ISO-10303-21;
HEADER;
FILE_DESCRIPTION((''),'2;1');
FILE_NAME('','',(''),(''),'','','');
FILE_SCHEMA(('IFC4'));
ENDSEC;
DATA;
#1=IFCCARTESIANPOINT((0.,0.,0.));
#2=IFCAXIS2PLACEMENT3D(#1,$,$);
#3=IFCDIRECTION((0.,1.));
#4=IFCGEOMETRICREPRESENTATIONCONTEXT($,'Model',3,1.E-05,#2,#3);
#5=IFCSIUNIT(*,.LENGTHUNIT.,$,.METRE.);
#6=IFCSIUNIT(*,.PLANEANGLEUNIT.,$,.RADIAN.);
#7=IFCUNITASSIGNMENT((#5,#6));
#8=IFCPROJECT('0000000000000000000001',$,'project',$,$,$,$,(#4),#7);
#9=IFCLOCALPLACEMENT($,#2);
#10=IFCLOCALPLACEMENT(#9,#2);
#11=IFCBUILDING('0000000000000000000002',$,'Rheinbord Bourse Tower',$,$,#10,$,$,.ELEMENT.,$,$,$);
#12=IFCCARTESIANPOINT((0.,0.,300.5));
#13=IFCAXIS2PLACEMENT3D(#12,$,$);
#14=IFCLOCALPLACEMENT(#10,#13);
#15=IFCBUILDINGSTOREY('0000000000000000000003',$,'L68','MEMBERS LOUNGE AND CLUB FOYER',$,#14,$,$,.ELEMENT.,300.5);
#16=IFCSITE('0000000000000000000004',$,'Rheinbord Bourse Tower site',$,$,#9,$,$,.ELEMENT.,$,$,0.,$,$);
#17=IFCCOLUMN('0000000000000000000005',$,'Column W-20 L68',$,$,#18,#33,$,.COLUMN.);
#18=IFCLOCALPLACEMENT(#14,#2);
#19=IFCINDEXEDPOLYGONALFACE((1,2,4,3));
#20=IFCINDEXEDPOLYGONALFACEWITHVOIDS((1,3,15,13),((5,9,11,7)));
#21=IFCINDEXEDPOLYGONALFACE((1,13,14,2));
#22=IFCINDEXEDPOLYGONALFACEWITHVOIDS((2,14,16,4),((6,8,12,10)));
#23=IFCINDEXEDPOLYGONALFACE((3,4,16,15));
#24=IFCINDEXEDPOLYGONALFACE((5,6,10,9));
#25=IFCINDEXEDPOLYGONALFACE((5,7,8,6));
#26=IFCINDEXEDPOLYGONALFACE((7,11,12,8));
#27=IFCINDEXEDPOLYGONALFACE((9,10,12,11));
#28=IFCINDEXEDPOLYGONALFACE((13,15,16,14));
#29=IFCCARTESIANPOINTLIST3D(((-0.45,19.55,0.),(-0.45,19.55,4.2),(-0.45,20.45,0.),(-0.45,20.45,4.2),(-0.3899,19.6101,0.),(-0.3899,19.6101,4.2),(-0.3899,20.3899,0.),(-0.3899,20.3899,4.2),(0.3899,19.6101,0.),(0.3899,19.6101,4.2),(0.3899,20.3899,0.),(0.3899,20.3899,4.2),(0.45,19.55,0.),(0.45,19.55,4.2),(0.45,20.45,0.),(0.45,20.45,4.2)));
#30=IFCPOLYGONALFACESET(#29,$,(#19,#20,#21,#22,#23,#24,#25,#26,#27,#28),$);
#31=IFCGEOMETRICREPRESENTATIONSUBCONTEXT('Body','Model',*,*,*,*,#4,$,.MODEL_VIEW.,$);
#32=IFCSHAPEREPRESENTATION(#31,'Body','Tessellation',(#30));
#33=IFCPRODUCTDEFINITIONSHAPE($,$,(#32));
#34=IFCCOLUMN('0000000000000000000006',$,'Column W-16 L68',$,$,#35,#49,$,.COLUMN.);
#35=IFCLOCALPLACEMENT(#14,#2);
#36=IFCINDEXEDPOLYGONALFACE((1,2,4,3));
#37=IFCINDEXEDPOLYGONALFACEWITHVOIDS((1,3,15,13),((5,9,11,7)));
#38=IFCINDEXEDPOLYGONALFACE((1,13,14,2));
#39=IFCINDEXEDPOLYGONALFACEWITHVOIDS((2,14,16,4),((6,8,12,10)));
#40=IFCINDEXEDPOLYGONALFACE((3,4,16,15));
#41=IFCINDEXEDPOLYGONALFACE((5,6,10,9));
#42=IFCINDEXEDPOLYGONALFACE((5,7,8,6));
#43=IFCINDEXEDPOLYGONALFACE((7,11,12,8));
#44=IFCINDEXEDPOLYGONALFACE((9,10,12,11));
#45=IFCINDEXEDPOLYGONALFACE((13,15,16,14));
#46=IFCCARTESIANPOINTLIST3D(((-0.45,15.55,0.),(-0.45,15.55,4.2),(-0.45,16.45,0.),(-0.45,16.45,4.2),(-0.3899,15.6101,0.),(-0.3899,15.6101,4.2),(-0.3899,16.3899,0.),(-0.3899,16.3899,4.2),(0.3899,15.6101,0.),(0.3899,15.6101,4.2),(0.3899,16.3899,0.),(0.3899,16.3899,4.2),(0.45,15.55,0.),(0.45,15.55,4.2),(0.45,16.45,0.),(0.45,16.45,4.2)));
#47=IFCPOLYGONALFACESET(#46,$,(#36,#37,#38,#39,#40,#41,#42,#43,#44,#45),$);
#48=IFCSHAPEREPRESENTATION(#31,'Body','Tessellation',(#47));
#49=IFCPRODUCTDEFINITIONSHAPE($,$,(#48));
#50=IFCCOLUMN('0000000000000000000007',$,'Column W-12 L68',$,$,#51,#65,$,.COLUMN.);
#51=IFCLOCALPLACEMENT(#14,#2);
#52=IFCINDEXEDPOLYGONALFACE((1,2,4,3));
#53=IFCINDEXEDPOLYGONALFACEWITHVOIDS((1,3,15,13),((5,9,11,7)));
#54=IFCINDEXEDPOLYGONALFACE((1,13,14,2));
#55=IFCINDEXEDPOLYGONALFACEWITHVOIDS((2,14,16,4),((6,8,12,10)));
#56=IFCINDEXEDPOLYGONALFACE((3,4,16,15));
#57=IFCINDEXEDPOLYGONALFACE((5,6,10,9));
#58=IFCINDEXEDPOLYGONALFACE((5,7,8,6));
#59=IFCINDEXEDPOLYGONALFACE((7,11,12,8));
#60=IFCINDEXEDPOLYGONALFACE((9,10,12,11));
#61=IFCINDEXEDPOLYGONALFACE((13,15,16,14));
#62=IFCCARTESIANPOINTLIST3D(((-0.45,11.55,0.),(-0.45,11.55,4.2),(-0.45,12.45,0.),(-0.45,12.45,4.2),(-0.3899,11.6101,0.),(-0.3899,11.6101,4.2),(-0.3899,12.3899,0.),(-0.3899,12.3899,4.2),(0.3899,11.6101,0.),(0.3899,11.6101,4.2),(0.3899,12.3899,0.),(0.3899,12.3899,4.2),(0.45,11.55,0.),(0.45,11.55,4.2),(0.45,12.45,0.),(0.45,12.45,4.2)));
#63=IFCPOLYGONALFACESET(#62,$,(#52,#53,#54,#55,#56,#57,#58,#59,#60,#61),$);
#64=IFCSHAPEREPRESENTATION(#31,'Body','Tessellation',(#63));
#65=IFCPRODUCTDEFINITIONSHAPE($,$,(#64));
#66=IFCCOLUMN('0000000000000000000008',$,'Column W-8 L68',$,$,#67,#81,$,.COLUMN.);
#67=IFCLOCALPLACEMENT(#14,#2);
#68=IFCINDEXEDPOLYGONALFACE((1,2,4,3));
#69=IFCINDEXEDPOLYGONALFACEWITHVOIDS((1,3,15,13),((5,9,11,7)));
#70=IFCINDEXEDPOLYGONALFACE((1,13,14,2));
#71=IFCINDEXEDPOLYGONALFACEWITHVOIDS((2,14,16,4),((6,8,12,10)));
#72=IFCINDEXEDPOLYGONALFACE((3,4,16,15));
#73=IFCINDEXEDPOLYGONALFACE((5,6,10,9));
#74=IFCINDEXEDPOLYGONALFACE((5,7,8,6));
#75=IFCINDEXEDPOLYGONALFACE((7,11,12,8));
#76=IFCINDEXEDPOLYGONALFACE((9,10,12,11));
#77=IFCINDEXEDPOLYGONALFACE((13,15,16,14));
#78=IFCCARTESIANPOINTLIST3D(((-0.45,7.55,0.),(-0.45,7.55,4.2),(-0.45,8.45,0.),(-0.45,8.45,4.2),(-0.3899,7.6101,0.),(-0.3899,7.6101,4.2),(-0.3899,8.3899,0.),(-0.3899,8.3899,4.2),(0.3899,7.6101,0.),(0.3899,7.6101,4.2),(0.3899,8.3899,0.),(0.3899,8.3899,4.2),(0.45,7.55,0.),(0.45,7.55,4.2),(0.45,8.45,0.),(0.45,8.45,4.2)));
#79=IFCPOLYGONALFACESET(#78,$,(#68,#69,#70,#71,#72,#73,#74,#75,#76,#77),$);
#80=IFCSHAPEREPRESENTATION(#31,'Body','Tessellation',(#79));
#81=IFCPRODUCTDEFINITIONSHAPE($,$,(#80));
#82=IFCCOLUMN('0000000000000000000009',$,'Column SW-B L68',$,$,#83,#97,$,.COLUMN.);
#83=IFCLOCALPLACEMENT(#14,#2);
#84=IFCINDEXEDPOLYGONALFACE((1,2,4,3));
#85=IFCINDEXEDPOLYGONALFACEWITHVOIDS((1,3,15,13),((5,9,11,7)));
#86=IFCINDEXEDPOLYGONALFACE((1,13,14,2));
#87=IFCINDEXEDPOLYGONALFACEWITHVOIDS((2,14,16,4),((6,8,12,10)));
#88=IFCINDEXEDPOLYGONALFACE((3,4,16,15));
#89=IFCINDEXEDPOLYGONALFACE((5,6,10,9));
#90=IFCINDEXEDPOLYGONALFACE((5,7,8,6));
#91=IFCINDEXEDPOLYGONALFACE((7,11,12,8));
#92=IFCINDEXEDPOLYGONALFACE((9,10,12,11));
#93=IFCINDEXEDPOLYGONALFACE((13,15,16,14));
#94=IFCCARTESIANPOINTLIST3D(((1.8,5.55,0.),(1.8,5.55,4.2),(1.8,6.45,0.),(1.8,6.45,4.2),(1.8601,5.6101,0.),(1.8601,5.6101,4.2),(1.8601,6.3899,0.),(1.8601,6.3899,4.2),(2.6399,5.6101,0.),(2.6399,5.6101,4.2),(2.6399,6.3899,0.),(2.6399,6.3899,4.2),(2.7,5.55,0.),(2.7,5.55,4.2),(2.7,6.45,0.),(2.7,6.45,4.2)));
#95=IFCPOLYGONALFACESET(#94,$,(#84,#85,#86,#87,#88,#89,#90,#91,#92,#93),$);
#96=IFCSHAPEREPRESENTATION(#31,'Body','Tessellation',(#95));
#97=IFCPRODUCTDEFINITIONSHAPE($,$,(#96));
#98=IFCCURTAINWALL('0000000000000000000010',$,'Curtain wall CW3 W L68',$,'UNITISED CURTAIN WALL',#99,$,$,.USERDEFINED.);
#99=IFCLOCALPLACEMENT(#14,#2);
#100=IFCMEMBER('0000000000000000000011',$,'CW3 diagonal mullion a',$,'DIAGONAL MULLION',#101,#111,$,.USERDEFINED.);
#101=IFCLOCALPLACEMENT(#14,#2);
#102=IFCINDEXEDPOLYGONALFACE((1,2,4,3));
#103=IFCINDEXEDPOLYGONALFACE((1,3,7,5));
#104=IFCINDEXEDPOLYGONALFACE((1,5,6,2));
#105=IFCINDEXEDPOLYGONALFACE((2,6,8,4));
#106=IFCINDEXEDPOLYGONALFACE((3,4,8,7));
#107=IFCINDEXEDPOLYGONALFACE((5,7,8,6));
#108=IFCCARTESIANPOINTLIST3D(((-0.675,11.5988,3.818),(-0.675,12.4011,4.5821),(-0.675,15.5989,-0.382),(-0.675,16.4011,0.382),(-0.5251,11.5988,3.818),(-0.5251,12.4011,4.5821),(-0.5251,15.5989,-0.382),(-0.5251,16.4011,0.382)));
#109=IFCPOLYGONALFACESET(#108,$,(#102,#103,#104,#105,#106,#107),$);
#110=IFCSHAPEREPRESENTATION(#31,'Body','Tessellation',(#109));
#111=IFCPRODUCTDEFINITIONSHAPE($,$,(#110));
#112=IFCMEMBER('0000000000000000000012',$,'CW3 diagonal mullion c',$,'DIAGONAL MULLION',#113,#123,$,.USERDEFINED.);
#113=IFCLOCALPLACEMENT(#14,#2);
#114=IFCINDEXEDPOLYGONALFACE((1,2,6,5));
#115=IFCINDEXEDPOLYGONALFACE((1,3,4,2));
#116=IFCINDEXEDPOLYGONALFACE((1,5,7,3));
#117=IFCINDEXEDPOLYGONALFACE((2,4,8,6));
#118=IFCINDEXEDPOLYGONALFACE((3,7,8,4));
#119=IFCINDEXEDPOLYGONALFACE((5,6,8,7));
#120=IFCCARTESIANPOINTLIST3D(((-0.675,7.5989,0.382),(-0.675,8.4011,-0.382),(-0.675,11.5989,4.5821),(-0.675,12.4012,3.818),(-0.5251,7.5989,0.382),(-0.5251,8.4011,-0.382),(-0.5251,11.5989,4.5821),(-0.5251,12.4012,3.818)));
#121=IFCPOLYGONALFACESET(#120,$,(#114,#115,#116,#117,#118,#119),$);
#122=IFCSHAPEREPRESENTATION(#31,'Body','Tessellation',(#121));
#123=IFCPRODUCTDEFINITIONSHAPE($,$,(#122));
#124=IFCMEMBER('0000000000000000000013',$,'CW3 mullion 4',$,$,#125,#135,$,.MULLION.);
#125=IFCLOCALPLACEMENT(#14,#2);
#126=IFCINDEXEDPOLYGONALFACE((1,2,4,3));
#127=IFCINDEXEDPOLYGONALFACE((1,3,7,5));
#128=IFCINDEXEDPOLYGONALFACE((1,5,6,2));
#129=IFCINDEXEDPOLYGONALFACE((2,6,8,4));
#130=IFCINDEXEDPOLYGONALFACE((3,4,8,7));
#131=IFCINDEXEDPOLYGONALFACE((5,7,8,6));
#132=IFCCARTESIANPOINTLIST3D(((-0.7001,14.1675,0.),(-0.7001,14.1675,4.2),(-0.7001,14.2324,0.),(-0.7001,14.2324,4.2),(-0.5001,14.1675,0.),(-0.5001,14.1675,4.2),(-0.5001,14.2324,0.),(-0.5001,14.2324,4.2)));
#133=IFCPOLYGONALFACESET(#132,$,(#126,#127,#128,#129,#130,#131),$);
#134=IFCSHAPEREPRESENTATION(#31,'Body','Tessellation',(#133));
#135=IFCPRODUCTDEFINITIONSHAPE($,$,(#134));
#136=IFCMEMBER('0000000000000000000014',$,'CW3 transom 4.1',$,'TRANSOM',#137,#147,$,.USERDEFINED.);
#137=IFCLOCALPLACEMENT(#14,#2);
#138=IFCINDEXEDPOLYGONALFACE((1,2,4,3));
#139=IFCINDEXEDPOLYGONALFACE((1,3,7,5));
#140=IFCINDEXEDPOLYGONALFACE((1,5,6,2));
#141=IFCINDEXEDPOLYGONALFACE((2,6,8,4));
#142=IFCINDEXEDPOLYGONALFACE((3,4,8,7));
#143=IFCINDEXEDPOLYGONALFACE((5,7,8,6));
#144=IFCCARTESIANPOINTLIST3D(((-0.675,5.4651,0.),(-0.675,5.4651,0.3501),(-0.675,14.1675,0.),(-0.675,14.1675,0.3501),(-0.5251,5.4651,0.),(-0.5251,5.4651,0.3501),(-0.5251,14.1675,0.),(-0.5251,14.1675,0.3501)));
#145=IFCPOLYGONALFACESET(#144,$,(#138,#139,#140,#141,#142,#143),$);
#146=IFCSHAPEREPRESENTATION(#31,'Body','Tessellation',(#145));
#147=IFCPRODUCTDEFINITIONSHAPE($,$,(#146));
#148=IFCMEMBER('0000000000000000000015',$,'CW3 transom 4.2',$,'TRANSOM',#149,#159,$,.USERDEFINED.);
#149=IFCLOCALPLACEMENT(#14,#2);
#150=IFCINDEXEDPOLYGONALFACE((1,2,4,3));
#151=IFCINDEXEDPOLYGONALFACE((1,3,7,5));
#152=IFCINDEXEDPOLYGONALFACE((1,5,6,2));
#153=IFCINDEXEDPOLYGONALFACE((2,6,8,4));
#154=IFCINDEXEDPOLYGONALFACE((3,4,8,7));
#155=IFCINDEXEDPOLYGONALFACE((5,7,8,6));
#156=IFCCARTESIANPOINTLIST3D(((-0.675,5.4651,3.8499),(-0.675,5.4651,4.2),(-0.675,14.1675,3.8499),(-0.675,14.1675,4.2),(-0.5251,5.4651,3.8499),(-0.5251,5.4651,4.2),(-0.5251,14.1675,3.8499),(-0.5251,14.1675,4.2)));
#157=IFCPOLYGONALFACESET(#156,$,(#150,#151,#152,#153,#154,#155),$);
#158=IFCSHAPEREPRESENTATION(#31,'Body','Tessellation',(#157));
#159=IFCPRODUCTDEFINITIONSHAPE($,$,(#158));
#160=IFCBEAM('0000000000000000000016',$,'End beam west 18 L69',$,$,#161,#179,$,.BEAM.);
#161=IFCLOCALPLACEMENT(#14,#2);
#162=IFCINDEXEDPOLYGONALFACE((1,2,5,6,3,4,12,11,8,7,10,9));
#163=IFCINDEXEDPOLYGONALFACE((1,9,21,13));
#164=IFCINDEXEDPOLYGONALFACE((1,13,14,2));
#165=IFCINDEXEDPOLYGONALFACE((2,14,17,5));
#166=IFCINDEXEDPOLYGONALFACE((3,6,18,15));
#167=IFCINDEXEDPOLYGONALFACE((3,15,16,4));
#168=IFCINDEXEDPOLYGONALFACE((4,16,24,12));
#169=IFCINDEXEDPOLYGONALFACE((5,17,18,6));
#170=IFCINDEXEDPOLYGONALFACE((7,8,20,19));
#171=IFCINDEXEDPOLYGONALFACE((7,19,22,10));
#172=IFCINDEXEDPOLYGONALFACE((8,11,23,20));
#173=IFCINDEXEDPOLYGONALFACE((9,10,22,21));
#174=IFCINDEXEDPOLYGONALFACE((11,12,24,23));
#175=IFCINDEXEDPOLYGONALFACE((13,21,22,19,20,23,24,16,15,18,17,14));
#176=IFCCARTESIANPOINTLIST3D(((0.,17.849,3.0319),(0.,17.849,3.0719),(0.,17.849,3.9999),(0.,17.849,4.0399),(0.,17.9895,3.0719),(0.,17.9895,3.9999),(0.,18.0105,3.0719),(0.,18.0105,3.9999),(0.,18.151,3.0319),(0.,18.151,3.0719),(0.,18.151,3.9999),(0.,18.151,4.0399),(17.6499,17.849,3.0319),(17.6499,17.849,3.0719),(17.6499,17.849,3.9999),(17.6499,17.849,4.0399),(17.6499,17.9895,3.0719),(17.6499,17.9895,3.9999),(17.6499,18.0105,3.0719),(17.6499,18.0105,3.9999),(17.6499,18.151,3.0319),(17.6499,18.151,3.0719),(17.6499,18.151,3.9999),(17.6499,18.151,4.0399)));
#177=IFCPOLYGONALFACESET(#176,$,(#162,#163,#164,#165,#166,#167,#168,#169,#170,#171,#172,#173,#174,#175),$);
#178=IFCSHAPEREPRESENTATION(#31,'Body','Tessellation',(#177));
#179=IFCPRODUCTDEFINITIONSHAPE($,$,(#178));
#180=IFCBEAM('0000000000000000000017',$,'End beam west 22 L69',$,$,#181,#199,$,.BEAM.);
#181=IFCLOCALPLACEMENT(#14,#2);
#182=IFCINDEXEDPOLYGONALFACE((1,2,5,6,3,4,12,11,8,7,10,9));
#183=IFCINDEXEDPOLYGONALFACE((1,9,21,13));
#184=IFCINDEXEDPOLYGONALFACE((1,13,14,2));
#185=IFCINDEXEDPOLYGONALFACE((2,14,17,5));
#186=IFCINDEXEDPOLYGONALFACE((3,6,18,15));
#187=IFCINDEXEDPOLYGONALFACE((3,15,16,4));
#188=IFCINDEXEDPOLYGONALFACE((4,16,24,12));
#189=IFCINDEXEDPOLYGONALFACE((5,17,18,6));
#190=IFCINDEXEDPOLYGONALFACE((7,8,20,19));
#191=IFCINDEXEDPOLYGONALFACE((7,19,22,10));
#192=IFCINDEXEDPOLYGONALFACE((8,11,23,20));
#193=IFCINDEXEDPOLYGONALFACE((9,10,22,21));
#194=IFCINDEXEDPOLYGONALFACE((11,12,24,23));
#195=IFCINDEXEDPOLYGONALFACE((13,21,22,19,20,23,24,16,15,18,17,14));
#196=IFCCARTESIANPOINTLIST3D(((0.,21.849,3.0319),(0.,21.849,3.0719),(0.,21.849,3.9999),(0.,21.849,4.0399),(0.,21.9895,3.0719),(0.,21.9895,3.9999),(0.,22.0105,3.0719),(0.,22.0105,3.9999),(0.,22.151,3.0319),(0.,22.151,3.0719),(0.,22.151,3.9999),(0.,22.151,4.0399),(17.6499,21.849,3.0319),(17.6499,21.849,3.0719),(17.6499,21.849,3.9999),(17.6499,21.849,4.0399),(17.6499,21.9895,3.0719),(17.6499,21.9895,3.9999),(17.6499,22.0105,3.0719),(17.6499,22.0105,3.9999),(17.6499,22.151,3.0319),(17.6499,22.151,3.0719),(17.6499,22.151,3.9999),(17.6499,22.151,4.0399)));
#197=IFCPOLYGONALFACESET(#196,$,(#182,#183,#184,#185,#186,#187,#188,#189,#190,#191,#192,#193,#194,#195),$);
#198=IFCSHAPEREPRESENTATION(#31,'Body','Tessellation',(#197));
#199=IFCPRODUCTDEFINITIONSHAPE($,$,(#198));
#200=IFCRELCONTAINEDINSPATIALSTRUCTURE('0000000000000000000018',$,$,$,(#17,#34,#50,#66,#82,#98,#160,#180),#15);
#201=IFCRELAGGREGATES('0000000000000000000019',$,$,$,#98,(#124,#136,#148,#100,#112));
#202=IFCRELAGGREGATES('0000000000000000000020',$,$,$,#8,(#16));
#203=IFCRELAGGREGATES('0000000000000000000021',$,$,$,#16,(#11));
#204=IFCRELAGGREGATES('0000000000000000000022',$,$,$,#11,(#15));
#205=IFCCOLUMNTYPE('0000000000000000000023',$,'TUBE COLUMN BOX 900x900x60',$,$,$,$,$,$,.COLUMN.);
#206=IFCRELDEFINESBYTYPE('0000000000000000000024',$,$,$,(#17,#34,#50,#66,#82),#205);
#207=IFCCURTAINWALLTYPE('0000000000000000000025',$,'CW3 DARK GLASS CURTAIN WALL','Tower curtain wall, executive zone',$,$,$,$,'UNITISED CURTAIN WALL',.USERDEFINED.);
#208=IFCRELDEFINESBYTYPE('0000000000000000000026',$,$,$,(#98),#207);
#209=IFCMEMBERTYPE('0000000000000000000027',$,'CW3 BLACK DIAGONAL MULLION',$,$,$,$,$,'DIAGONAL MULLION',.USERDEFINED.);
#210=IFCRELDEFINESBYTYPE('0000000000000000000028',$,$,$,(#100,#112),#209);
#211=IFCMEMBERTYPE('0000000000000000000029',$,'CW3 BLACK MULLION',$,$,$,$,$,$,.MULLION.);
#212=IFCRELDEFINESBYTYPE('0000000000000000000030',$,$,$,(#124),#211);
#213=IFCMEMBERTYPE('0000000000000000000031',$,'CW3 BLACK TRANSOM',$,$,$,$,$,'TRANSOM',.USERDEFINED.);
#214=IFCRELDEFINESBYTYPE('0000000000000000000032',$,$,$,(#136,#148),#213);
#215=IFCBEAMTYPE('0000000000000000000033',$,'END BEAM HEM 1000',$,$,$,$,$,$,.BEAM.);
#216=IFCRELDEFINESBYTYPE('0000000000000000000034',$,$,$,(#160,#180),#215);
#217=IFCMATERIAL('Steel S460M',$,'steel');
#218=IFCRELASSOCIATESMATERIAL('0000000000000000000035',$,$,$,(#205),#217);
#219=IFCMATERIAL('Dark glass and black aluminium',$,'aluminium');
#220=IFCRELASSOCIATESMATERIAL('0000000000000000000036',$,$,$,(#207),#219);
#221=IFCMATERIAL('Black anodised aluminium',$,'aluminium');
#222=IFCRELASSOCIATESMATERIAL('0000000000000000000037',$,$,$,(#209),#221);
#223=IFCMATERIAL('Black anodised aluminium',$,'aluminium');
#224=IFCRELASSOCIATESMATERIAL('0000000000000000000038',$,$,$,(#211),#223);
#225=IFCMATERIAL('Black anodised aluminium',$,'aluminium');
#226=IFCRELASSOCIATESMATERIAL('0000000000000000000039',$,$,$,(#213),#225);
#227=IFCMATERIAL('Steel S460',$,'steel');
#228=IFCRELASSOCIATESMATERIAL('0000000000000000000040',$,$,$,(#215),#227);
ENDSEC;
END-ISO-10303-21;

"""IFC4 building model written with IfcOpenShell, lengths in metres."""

from ifc_helpers import new_model, si_unit, direction, frame, origin, origin_2d, place, context, subcontext, project, spatial, rectangle, hollow_rectangle, i_section, extrude, material, material_profile, profile_set, type_object, element, aggregate, save


model = new_model("IFC4")

# Units and contexts
model_context = context("Model", 3, precision=1e-05, world=origin(), true_north=direction((0.0, 1.0)))
body_context = subcontext(model_context, "Body", "Model", "MODEL_VIEW")
ifc_project = project(units=[si_unit("LENGTHUNIT", "METRE"), si_unit("PLANEANGLEUNIT", "RADIAN")], contexts=[model_context])

# Site, building, storey
site_placement = place(None, origin())
site = spatial("IfcSite", under=ifc_project, at=site_placement, Name="Rheinbord Bourse Tower site", CompositionType="ELEMENT", RefElevation=0.0)
building_placement = place(site_placement, origin())
building = spatial("IfcBuilding", under=site, at=building_placement, Name="Rheinbord Bourse Tower", CompositionType="ELEMENT")
storey_placement = place(building_placement, frame((0.0, 0.0, 300.5)))
storey = spatial("IfcBuildingStorey", under=building, at=storey_placement, Name="L68", Description="MEMBERS LOUNGE AND CLUB FOYER", CompositionType="ELEMENT", Elevation=300.5)

# Columns
ifc_material_1 = material(Name="Steel S460M", Category="steel")
ifc_material_profile_1 = material_profile(ifc_material_1, hollow_rectangle(XDim=0.8999, YDim=0.8999, WallThickness=0.0601, at=origin_2d()), Name="BOX 900x900x60")
ifc_profile_set_1 = profile_set([ifc_material_profile_1], Name="Steel S460M")
column_type = type_object("IfcColumnType", Name="TUBE COLUMN BOX 900x900x60", PredefinedType="COLUMN", material=ifc_profile_set_1)
for number, where, z_axis, x_axis, name in (
    (1, (0.0, 20.0, 0.0), (0.0, 0.0, 1.0), (1.0, 0.0, 0.0), "Column W-20 L68"),
    (2, (0.0, 16.0, 0.0), (0.0, 0.0, 1.0), (1.0, 0.0, 0.0), "Column W-16 L68"),
    (3, (0.0, 12.0, 0.0), (0.0, 0.0, 1.0), (1.0, 0.0, 0.0), "Column W-12 L68"),
    (4, (0.0, 8.0, 0.0), (0.0, 0.0, 1.0), (1.0, 0.0, 0.0), "Column W-8 L68"),
    (5, (2.25, 6.0, 0.0), (0.0, 0.0, 1.0), (1.0, 0.0, 0.0), "Column SW-B L68"),
):
    element("IfcColumn", number, at=place(storey_placement, frame(where, z_axis=z_axis, x_axis=x_axis)), inside=storey, type_object=column_type, Name=name, PredefinedType="COLUMN", context=body_context, shape_type="SweptSolid", body=[
        extrude(hollow_rectangle(XDim=0.8999, YDim=0.8999, WallThickness=0.0601, at=origin_2d()), origin(), (0.0, 0.0, 1.0), 4.2),
    ])

# Curtain wall, members
ifc_material_2 = material(Name="Dark glass and black aluminium", Category="aluminium")
curtain_wall_type = type_object("IfcCurtainWallType", Name="CW3 DARK GLASS CURTAIN WALL", Description="Tower curtain wall, executive zone", ElementType="UNITISED CURTAIN WALL", PredefinedType="USERDEFINED", material=ifc_material_2)
curtain_wall_placement = place(storey_placement, origin())
curtain_wall = element("IfcCurtainWall", 6, at=curtain_wall_placement, inside=storey, type_object=curtain_wall_type, Name="Curtain wall CW3 W L68", ObjectType="UNITISED CURTAIN WALL", PredefinedType="USERDEFINED")
ifc_material_3 = material(Name="Black anodised aluminium", Category="aluminium")
ifc_material_profile_2 = material_profile(ifc_material_3, rectangle(XDim=0.1499, YDim=1.1079, at=origin_2d()), Name="CW3 DIAGONAL MULLION 1108x150")
ifc_profile_set_2 = profile_set([ifc_material_profile_2], Name="Black anodised aluminium")
member_type_1 = type_object("IfcMemberType", Name="CW3 BLACK DIAGONAL MULLION", ElementType="DIAGONAL MULLION", PredefinedType="USERDEFINED", material=ifc_profile_set_2)
member_1_placement = place(storey_placement, frame((-0.6001, 16.0, 0.0), z_axis=(0.0, -0.689659, 0.724134), x_axis=(1.0, 0.0, 0.0)))
member_1 = element("IfcMember", 7, at=member_1_placement, type_object=member_type_1, Name="CW3 diagonal mullion a", ObjectType="DIAGONAL MULLION", PredefinedType="USERDEFINED", context=body_context, shape_type="SweptSolid", body=[
    extrude(rectangle(XDim=0.1499, YDim=1.1079, at=origin_2d()), origin(), (0.0, 0.0, 1.0), 5.8),
])
member_2_placement = place(storey_placement, frame((-0.6001, 8.0, 0.0), z_axis=(0.0, 0.689659, 0.724134), x_axis=(-1.0, 0.0, 0.0)))
member_2 = element("IfcMember", 8, at=member_2_placement, type_object=member_type_1, Name="CW3 diagonal mullion c", ObjectType="DIAGONAL MULLION", PredefinedType="USERDEFINED", context=body_context, shape_type="SweptSolid", body=[
    extrude(rectangle(XDim=0.1499, YDim=1.1079, at=origin_2d()), origin(), (0.0, 0.0, 1.0), 5.8),
])
ifc_material_4 = material(Name="Black anodised aluminium", Category="aluminium")
ifc_material_profile_3 = material_profile(ifc_material_4, rectangle(XDim=0.2, YDim=0.0649, at=origin_2d()), Name="CW3 MULLION 65x200")
ifc_profile_set_3 = profile_set([ifc_material_profile_3], Name="Black anodised aluminium")
member_type_2 = type_object("IfcMemberType", Name="CW3 BLACK MULLION", PredefinedType="MULLION", material=ifc_profile_set_3)
member_3_placement = place(storey_placement, frame((-0.6001, 14.2, 0.0), z_axis=(0.0, 0.0, 1.0), x_axis=(1.0, 0.0, 0.0)))
member_3 = element("IfcMember", 9, at=member_3_placement, type_object=member_type_2, Name="CW3 mullion 4", PredefinedType="MULLION", context=body_context, shape_type="SweptSolid", body=[
    extrude(rectangle(XDim=0.2, YDim=0.0649, at=origin_2d()), origin(), (0.0, 0.0, 1.0), 4.2),
])
ifc_material_5 = material(Name="Black anodised aluminium", Category="aluminium")
ifc_material_profile_4 = material_profile(ifc_material_5, rectangle(XDim=0.1499, YDim=0.3501, at=origin_2d()), Name="CW3 TRANSOM 350x150")
ifc_profile_set_4 = profile_set([ifc_material_profile_4], Name="Black anodised aluminium")
member_type_3 = type_object("IfcMemberType", Name="CW3 BLACK TRANSOM", ElementType="TRANSOM", PredefinedType="USERDEFINED", material=ifc_profile_set_4)
member_4_placement = place(storey_placement, frame((-0.6001, 14.1675, 0.175), z_axis=(0.0, -1.0, 0.0), x_axis=(1.0, 0.0, 0.0)))
member_4 = element("IfcMember", 10, at=member_4_placement, type_object=member_type_3, Name="CW3 transom 4.1", ObjectType="TRANSOM", PredefinedType="USERDEFINED", context=body_context, shape_type="SweptSolid", body=[
    extrude(rectangle(XDim=0.1499, YDim=0.3501, at=origin_2d()), origin(), (0.0, 0.0, 1.0), 8.7024),
])
member_5_placement = place(storey_placement, frame((-0.6001, 14.1675, 4.0249), z_axis=(0.0, -1.0, 0.0), x_axis=(1.0, 0.0, 0.0)))
member_5 = element("IfcMember", 11, at=member_5_placement, type_object=member_type_3, Name="CW3 transom 4.2", ObjectType="TRANSOM", PredefinedType="USERDEFINED", context=body_context, shape_type="SweptSolid", body=[
    extrude(rectangle(XDim=0.1499, YDim=0.3501, at=origin_2d()), origin(), (0.0, 0.0, 1.0), 8.7024),
])

# Beams
ifc_material_6 = material(Name="Steel S460", Category="steel")
ifc_material_profile_5 = material_profile(ifc_material_6, i_section(OverallWidth=0.302, OverallDepth=1.0081, WebThickness=0.021, FlangeThickness=0.04, at=origin_2d()), Name="HEM 1000")
ifc_profile_set_5 = profile_set([ifc_material_profile_5], Name="Steel S460")
beam_type_1 = type_object("IfcBeamType", Name="END BEAM HEM 1000", PredefinedType="BEAM", material=ifc_profile_set_5)
for number, where, z_axis, x_axis, name in (
    (12, (0.0, 18.0, 3.5359), (1.0, 0.0, 0.0), (0.0, 1.0, 0.0), "End beam west 18 L69"),
    (13, (0.0, 22.0, 3.5359), (1.0, 0.0, 0.0), (0.0, 1.0, 0.0), "End beam west 22 L69"),
):
    element("IfcBeam", number, at=place(storey_placement, frame(where, z_axis=z_axis, x_axis=x_axis)), inside=storey, type_object=beam_type_1, Name=name, PredefinedType="BEAM", context=body_context, shape_type="SweptSolid", body=[
        extrude(i_section(OverallWidth=0.302, OverallDepth=1.0081, WebThickness=0.021, FlangeThickness=0.04, at=origin_2d()), origin(), (0.0, 0.0, 1.0), 17.6499),
    ])

aggregate(curtain_wall, [member_3, member_4, member_5, member_1, member_2])

save(model, "model.ifc")
